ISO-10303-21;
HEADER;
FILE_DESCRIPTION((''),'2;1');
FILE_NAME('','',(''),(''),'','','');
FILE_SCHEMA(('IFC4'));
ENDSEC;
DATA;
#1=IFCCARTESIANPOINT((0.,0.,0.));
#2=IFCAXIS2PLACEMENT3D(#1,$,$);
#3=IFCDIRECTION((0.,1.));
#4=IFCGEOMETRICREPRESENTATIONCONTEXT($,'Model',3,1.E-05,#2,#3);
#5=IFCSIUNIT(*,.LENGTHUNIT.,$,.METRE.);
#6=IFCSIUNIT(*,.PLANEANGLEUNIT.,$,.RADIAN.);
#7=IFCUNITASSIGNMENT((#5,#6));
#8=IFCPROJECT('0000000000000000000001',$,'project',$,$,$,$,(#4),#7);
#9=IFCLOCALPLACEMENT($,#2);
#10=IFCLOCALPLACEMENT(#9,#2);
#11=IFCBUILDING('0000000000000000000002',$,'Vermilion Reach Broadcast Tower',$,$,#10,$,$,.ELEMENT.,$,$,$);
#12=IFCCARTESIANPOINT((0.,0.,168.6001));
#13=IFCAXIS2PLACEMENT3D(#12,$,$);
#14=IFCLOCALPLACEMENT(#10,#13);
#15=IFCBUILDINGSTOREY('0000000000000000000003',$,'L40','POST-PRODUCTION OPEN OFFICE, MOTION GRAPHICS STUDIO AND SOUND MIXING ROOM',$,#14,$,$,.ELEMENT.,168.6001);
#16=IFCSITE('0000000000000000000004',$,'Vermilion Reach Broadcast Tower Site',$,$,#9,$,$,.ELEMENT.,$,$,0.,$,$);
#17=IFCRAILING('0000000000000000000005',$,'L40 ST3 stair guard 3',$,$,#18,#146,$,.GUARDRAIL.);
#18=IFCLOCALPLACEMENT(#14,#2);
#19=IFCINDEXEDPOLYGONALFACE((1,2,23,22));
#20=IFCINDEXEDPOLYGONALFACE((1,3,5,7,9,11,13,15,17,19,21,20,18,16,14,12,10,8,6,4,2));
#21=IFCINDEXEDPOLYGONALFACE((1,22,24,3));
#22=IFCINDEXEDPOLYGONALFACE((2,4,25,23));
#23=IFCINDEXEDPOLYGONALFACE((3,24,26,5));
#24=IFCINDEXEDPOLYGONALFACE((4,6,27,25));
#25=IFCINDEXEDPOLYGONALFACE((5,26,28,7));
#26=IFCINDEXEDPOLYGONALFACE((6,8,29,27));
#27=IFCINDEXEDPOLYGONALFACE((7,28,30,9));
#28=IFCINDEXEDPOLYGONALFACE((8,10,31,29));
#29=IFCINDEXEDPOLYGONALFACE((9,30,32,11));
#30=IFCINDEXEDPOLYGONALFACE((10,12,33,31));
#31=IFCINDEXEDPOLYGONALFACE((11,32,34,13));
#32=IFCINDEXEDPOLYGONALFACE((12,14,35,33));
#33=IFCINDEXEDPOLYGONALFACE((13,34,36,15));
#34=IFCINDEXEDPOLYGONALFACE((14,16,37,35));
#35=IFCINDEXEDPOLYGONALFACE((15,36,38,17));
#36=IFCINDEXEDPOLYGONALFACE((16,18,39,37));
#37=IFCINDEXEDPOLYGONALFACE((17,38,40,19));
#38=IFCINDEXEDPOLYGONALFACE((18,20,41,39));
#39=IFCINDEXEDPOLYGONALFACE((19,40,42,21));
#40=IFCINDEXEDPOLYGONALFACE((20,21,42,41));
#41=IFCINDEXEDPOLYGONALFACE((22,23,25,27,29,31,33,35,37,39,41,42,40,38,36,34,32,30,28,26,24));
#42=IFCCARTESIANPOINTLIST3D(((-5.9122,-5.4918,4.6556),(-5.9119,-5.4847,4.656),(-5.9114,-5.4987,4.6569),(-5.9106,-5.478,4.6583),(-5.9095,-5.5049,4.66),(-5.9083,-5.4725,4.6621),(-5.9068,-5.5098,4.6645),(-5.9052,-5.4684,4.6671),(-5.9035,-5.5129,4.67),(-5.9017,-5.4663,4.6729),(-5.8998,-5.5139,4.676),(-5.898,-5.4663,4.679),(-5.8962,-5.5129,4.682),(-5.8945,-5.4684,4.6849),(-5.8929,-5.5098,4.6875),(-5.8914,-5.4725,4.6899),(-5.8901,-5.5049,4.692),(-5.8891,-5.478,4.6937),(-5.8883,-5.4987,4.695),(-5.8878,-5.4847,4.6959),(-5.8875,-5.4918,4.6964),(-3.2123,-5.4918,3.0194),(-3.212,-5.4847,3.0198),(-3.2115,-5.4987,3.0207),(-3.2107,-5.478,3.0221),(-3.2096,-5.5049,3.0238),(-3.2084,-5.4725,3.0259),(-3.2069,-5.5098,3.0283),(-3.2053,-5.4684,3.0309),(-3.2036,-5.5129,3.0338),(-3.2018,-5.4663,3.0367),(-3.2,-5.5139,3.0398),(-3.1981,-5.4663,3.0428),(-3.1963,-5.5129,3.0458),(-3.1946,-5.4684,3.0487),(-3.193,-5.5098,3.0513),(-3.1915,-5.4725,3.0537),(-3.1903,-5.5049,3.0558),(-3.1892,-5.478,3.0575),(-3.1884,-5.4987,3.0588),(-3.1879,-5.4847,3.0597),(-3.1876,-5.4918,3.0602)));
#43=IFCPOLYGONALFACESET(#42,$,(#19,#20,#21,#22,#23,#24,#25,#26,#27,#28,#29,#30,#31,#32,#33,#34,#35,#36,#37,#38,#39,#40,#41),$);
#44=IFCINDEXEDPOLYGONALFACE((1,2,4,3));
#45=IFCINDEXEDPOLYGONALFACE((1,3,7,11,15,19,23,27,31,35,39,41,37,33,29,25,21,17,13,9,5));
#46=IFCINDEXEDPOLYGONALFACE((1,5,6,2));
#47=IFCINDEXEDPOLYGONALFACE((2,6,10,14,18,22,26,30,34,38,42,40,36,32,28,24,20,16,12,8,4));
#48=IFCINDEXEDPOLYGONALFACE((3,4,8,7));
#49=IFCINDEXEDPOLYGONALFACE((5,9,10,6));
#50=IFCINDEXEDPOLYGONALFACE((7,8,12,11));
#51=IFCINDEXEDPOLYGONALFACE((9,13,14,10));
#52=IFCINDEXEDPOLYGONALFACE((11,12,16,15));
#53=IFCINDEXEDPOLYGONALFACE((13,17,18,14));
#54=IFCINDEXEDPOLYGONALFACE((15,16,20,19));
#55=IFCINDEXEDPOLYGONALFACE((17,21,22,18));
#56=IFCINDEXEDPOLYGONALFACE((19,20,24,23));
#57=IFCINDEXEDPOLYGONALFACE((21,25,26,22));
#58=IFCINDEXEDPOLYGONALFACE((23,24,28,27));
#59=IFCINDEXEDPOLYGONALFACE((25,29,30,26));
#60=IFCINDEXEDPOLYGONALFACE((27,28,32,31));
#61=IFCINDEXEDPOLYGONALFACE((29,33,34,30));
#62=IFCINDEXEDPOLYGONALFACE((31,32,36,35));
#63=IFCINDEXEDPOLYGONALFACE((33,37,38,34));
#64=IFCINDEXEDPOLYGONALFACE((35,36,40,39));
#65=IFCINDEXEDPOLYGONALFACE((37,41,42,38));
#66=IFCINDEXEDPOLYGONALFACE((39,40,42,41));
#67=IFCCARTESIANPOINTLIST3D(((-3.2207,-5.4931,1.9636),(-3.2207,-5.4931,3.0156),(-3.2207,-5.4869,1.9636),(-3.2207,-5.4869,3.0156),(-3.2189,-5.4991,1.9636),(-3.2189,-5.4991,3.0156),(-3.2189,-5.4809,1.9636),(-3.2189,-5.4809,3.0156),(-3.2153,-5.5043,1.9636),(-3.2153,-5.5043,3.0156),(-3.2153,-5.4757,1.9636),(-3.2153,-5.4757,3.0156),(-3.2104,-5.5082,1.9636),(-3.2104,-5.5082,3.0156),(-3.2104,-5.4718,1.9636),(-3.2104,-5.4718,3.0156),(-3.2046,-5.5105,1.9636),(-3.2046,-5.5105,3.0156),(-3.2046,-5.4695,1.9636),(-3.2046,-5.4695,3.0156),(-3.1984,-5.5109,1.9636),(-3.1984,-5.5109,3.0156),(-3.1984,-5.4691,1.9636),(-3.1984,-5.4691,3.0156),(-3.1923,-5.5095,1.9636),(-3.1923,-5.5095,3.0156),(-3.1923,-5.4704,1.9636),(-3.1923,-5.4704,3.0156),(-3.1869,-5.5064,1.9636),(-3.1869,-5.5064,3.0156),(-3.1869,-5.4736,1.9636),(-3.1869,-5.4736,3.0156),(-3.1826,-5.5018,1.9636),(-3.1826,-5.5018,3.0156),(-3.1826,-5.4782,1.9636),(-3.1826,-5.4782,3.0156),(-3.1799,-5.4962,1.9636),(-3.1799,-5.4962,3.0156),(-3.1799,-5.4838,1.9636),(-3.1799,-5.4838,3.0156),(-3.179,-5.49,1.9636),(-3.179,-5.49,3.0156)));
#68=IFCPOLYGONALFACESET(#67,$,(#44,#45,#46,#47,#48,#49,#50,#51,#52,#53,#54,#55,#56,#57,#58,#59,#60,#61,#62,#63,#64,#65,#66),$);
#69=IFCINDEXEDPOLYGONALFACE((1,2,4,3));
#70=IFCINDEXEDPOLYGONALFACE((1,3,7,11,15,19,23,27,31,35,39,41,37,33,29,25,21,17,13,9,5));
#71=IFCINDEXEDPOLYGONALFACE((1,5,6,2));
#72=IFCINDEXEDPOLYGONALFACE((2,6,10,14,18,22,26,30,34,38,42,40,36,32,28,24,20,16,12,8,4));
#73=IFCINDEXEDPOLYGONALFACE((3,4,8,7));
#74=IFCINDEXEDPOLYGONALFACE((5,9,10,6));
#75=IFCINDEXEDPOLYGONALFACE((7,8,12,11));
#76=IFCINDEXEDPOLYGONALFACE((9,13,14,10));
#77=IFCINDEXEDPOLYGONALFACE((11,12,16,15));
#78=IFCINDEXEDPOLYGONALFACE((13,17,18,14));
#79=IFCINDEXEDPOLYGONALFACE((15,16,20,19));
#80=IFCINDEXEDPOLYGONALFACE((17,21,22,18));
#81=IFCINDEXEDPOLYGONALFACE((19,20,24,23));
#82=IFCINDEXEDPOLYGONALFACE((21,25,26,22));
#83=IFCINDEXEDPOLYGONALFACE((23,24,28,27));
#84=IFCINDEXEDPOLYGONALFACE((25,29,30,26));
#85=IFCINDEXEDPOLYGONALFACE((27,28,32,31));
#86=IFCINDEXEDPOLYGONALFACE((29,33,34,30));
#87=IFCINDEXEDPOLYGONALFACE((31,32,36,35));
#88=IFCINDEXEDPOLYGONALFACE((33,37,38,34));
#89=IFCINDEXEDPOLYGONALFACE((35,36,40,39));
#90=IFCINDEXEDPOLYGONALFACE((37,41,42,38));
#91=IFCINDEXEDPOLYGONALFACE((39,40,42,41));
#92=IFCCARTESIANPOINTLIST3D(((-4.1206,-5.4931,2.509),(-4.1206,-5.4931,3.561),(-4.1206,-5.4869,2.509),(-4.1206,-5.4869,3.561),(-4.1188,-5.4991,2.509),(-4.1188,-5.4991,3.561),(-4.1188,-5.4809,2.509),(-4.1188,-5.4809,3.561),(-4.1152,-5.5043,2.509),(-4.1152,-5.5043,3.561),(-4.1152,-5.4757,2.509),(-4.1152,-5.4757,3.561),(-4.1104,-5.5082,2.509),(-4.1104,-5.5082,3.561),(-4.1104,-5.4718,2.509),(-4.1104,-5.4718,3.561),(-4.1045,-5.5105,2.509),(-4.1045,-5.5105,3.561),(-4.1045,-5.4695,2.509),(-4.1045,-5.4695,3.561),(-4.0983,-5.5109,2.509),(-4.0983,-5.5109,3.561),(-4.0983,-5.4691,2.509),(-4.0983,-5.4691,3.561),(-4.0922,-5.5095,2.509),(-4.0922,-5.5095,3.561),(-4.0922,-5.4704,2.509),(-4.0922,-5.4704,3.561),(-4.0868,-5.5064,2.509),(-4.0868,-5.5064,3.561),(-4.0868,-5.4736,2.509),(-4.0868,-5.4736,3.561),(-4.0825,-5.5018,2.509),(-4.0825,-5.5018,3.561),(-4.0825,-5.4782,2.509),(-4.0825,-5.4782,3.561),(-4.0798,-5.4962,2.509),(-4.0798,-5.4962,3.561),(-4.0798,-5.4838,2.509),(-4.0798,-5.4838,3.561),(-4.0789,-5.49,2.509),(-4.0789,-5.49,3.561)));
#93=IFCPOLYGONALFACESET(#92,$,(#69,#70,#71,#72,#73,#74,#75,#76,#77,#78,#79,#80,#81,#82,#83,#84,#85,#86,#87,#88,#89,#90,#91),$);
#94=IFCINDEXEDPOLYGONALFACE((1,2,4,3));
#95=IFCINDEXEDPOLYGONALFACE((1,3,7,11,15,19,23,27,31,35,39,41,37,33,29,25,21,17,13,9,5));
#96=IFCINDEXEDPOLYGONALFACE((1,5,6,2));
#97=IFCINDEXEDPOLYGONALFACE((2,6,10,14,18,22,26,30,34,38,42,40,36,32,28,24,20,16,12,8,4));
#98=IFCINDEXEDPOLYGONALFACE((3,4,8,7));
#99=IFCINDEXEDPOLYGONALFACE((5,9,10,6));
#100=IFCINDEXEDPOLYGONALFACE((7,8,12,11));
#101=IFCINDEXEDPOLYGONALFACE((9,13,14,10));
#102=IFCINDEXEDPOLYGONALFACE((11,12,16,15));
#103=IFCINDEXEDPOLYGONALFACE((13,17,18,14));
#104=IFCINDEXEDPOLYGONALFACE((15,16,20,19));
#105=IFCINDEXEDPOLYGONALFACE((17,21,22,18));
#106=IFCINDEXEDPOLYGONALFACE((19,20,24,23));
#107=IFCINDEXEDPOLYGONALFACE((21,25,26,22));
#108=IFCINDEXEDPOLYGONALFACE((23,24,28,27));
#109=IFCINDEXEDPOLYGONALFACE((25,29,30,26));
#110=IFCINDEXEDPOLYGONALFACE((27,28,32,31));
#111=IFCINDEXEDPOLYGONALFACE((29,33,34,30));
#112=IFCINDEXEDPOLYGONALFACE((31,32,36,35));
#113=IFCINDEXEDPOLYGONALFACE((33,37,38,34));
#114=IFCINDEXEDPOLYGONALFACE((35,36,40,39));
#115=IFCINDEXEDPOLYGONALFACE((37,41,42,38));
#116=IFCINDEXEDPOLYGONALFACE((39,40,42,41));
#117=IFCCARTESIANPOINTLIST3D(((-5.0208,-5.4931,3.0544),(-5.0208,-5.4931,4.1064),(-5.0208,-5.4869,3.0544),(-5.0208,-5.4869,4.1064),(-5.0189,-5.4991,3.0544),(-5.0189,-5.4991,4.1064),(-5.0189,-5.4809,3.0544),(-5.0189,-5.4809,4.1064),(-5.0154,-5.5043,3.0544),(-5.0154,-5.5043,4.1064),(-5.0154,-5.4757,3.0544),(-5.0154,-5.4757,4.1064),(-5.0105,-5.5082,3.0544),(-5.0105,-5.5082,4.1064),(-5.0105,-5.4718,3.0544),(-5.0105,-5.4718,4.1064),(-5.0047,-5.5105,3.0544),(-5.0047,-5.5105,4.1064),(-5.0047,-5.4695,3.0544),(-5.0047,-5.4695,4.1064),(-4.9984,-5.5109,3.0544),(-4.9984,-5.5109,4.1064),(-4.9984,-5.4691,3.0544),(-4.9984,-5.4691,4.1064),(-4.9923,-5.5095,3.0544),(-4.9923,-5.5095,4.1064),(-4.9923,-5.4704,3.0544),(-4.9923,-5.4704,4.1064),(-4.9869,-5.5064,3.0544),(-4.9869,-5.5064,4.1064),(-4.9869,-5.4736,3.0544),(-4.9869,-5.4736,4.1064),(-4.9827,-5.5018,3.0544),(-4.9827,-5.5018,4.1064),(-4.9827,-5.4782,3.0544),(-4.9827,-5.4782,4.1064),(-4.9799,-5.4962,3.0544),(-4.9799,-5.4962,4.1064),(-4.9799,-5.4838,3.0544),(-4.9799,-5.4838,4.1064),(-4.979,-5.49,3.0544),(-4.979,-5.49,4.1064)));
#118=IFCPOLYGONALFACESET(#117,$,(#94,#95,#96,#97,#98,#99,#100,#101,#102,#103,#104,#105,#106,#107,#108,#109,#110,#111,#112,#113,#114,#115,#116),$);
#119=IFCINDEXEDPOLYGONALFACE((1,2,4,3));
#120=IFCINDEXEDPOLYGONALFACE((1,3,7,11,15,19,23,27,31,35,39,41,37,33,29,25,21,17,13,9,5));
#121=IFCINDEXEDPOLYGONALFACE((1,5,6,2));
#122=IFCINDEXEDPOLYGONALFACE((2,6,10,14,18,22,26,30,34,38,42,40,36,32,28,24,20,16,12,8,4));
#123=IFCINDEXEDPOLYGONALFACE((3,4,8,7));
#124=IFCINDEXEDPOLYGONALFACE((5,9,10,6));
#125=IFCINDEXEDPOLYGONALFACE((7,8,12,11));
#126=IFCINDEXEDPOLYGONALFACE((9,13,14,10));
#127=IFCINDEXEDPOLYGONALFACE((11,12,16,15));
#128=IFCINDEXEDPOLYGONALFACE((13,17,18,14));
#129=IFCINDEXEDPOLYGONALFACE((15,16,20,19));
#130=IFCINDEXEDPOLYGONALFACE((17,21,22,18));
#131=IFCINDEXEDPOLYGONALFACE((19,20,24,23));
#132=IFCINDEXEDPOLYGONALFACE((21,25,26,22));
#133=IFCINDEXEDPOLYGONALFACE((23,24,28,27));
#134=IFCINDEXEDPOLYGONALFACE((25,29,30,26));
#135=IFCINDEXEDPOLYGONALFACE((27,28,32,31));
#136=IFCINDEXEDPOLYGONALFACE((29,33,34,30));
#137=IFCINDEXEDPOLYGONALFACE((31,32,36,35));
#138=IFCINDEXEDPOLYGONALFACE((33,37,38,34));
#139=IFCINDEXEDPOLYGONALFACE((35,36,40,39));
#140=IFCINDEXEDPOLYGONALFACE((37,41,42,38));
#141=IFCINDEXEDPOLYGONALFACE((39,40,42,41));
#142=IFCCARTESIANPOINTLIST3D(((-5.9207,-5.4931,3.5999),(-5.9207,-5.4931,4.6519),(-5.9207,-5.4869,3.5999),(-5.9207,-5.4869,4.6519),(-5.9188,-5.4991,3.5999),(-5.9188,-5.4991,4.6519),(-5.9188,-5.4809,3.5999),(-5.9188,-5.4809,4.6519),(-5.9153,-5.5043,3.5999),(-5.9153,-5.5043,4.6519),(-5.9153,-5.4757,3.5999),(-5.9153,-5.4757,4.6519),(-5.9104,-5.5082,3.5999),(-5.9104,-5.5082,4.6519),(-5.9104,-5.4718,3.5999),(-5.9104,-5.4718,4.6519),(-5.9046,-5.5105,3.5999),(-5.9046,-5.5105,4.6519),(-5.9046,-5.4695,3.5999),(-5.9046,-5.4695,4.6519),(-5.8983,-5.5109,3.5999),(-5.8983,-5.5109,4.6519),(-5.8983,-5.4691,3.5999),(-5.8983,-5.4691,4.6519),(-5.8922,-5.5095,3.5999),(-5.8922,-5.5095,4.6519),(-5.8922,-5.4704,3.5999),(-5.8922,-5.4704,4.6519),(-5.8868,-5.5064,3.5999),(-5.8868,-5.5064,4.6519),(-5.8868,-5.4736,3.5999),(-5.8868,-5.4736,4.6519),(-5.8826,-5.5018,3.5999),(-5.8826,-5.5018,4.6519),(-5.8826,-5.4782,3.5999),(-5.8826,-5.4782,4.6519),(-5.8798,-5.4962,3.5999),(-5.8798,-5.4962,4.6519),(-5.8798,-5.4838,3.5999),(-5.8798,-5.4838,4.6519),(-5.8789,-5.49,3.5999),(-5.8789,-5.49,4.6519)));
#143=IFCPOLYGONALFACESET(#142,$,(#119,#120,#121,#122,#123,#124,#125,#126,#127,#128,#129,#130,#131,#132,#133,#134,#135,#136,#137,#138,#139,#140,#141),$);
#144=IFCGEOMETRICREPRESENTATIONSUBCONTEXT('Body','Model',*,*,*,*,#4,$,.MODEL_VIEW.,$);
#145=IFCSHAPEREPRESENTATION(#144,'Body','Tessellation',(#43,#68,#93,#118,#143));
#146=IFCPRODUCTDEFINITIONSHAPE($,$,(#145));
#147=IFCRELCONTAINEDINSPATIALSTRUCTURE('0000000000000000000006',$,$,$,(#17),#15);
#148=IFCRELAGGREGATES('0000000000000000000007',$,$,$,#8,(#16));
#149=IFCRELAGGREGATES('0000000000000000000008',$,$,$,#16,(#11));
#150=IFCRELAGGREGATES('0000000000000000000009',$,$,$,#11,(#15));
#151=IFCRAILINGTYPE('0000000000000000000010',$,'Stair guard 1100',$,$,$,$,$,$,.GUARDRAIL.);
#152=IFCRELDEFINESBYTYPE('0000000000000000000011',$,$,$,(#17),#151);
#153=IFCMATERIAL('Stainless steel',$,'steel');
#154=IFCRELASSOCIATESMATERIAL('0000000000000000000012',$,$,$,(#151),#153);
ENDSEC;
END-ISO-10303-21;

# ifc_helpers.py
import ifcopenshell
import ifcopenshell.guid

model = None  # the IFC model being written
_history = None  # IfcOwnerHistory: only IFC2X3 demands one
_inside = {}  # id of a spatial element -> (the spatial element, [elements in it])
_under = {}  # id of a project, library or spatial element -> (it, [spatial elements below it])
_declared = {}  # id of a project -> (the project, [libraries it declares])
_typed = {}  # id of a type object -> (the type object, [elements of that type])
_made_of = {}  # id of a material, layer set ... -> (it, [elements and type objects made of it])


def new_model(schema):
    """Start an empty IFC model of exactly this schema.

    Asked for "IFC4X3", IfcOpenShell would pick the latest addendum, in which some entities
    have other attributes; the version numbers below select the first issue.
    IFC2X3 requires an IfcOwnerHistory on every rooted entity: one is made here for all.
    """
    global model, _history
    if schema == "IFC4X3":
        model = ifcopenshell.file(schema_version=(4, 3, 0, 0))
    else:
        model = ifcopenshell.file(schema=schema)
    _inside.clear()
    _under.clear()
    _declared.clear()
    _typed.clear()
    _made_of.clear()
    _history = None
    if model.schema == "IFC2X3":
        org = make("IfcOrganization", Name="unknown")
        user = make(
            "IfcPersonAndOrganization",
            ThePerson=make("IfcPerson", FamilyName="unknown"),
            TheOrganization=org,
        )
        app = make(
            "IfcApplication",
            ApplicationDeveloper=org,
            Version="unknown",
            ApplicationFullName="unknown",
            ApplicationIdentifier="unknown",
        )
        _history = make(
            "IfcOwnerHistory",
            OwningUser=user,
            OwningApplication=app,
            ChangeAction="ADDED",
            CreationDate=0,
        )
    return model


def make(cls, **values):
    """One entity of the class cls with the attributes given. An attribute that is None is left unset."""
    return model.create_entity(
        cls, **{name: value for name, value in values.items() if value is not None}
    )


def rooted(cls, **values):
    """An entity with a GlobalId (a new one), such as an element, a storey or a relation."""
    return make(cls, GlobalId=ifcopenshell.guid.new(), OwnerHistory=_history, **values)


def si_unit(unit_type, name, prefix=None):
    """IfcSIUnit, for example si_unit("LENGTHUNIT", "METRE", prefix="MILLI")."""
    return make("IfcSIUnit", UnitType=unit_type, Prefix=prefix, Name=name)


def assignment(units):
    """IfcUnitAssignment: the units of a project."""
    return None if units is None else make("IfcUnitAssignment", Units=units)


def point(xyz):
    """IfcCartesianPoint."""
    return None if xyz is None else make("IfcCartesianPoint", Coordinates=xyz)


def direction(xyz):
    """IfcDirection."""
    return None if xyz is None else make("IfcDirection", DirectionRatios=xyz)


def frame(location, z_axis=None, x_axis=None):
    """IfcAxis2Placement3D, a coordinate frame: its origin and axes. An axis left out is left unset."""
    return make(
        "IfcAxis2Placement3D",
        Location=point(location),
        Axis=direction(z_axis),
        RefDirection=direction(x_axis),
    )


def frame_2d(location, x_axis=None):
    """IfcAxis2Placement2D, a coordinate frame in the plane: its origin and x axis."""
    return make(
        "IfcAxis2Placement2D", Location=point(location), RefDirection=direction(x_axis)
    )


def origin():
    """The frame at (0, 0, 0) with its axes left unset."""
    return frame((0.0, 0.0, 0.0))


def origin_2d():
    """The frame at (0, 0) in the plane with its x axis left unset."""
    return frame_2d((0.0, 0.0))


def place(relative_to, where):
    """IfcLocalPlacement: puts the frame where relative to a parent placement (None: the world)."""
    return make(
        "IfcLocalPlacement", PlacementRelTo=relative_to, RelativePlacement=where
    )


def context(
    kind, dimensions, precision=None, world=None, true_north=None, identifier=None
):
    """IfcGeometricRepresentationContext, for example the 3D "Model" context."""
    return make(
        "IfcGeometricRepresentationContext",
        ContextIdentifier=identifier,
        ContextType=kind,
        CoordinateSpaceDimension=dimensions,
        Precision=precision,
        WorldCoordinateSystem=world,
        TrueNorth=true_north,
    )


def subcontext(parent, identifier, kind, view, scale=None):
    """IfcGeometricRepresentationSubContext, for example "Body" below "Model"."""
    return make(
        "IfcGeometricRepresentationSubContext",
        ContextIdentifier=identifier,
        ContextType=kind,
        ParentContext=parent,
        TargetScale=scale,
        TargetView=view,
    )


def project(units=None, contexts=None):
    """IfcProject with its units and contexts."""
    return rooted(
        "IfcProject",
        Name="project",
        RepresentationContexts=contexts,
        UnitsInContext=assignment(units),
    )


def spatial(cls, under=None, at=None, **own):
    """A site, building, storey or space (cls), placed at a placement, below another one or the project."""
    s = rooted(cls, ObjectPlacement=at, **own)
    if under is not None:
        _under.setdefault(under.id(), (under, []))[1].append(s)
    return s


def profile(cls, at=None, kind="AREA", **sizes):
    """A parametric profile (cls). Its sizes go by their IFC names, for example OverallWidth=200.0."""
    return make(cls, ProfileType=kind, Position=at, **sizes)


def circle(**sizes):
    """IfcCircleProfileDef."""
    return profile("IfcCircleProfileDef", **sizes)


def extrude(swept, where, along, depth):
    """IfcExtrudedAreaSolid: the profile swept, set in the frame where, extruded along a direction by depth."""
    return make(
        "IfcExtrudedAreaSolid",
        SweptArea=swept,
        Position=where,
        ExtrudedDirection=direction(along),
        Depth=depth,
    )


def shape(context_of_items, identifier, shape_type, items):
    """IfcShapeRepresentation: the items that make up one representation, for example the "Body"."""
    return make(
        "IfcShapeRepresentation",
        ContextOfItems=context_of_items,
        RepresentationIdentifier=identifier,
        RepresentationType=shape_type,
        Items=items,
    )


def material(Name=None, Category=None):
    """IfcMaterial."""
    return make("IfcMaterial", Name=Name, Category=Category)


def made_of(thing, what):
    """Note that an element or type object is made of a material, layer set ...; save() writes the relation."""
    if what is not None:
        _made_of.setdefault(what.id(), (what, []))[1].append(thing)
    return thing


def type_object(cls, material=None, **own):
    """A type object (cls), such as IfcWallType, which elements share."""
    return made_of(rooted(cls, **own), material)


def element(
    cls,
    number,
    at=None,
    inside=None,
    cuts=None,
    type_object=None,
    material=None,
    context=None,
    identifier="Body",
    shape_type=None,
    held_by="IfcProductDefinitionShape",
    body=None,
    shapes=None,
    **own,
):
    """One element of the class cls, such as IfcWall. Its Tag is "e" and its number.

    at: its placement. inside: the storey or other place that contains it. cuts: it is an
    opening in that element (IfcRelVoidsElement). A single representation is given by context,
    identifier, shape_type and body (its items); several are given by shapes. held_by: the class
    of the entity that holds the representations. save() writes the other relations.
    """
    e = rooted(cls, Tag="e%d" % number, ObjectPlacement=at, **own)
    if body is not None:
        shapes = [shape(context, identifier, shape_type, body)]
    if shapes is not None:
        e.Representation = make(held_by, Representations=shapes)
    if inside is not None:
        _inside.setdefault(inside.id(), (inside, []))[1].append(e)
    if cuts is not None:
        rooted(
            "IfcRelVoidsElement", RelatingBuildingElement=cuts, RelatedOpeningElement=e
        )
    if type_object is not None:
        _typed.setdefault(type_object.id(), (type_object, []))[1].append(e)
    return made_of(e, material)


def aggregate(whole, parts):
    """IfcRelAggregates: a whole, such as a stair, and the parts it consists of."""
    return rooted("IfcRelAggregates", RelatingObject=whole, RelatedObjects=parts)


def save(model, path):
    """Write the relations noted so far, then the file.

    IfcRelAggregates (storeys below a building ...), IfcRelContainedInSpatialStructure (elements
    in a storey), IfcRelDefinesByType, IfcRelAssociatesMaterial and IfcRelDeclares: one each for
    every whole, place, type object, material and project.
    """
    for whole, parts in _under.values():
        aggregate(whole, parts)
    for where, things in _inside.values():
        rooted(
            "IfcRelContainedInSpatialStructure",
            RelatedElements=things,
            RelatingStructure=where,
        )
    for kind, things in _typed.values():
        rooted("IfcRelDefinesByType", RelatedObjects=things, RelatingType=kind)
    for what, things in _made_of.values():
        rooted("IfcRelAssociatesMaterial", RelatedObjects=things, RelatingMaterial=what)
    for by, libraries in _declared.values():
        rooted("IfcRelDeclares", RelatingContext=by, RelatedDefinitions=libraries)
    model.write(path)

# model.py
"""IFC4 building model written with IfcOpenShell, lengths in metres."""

from ifc_helpers import new_model, si_unit, direction, frame, origin, origin_2d, place, context, subcontext, project, spatial, circle, extrude, material, type_object, element, save


model = new_model("IFC4")

# Units and contexts
model_context = context("Model", 3, precision=1e-05, world=origin(), true_north=direction((0.0, 1.0)))
body_context = subcontext(model_context, "Body", "Model", "MODEL_VIEW")
ifc_project = project(units=[si_unit("LENGTHUNIT", "METRE"), si_unit("PLANEANGLEUNIT", "RADIAN")], contexts=[model_context])

# Site, building, storey
site_placement = place(None, origin())
site = spatial("IfcSite", under=ifc_project, at=site_placement, Name="Vermilion Reach Broadcast Tower Site", CompositionType="ELEMENT", RefElevation=0.0)
building_placement = place(site_placement, origin())
building = spatial("IfcBuilding", under=site, at=building_placement, Name="Vermilion Reach Broadcast Tower", CompositionType="ELEMENT")
storey_placement = place(building_placement, frame((0.0, 0.0, 168.6001)))
storey = spatial("IfcBuildingStorey", under=building, at=storey_placement, Name="L40", Description="POST-PRODUCTION OPEN OFFICE, MOTION GRAPHICS STUDIO AND SOUND MIXING ROOM", CompositionType="ELEMENT", Elevation=168.6001)

# Railing
ifc_material_1 = material(Name="Stainless steel", Category="steel")
railing_type_1 = type_object("IfcRailingType", Name="Stair guard 1100", PredefinedType="GUARDRAIL", material=ifc_material_1)
railing_1_placement = place(storey_placement, frame((-3.2, -5.49, 1.9636)))
element("IfcRailing", 1, at=railing_1_placement, inside=storey, type_object=railing_type_1, Name="L40 ST3 stair guard 3", PredefinedType="GUARDRAIL", context=body_context, shape_type="SweptSolid", body=[
    extrude(circle(Radius=0.0239, at=origin_2d()), frame((0.0, 0.0, 1.0762), z_axis=(-0.855212, 0.0, 0.518278), x_axis=(0.0, -1.0, 0.0)), (0.0, 0.0, 1.0), 3.157),
    extrude(circle(Radius=0.021, at=origin_2d()), origin(), (0.0, 0.0, 1.0), 1.052),
    extrude(circle(Radius=0.021, at=origin_2d()), frame((-0.8999, 0.0, 0.5454)), (0.0, 0.0, 1.0), 1.052),
    extrude(circle(Radius=0.021, at=origin_2d()), frame((-1.8, 0.0, 1.0908)), (0.0, 0.0, 1.0), 1.052),
    extrude(circle(Radius=0.021, at=origin_2d()), frame((-2.7, 0.0, 1.6362)), (0.0, 0.0, 1.0), 1.052),
])

save(model, "model.ifc")
